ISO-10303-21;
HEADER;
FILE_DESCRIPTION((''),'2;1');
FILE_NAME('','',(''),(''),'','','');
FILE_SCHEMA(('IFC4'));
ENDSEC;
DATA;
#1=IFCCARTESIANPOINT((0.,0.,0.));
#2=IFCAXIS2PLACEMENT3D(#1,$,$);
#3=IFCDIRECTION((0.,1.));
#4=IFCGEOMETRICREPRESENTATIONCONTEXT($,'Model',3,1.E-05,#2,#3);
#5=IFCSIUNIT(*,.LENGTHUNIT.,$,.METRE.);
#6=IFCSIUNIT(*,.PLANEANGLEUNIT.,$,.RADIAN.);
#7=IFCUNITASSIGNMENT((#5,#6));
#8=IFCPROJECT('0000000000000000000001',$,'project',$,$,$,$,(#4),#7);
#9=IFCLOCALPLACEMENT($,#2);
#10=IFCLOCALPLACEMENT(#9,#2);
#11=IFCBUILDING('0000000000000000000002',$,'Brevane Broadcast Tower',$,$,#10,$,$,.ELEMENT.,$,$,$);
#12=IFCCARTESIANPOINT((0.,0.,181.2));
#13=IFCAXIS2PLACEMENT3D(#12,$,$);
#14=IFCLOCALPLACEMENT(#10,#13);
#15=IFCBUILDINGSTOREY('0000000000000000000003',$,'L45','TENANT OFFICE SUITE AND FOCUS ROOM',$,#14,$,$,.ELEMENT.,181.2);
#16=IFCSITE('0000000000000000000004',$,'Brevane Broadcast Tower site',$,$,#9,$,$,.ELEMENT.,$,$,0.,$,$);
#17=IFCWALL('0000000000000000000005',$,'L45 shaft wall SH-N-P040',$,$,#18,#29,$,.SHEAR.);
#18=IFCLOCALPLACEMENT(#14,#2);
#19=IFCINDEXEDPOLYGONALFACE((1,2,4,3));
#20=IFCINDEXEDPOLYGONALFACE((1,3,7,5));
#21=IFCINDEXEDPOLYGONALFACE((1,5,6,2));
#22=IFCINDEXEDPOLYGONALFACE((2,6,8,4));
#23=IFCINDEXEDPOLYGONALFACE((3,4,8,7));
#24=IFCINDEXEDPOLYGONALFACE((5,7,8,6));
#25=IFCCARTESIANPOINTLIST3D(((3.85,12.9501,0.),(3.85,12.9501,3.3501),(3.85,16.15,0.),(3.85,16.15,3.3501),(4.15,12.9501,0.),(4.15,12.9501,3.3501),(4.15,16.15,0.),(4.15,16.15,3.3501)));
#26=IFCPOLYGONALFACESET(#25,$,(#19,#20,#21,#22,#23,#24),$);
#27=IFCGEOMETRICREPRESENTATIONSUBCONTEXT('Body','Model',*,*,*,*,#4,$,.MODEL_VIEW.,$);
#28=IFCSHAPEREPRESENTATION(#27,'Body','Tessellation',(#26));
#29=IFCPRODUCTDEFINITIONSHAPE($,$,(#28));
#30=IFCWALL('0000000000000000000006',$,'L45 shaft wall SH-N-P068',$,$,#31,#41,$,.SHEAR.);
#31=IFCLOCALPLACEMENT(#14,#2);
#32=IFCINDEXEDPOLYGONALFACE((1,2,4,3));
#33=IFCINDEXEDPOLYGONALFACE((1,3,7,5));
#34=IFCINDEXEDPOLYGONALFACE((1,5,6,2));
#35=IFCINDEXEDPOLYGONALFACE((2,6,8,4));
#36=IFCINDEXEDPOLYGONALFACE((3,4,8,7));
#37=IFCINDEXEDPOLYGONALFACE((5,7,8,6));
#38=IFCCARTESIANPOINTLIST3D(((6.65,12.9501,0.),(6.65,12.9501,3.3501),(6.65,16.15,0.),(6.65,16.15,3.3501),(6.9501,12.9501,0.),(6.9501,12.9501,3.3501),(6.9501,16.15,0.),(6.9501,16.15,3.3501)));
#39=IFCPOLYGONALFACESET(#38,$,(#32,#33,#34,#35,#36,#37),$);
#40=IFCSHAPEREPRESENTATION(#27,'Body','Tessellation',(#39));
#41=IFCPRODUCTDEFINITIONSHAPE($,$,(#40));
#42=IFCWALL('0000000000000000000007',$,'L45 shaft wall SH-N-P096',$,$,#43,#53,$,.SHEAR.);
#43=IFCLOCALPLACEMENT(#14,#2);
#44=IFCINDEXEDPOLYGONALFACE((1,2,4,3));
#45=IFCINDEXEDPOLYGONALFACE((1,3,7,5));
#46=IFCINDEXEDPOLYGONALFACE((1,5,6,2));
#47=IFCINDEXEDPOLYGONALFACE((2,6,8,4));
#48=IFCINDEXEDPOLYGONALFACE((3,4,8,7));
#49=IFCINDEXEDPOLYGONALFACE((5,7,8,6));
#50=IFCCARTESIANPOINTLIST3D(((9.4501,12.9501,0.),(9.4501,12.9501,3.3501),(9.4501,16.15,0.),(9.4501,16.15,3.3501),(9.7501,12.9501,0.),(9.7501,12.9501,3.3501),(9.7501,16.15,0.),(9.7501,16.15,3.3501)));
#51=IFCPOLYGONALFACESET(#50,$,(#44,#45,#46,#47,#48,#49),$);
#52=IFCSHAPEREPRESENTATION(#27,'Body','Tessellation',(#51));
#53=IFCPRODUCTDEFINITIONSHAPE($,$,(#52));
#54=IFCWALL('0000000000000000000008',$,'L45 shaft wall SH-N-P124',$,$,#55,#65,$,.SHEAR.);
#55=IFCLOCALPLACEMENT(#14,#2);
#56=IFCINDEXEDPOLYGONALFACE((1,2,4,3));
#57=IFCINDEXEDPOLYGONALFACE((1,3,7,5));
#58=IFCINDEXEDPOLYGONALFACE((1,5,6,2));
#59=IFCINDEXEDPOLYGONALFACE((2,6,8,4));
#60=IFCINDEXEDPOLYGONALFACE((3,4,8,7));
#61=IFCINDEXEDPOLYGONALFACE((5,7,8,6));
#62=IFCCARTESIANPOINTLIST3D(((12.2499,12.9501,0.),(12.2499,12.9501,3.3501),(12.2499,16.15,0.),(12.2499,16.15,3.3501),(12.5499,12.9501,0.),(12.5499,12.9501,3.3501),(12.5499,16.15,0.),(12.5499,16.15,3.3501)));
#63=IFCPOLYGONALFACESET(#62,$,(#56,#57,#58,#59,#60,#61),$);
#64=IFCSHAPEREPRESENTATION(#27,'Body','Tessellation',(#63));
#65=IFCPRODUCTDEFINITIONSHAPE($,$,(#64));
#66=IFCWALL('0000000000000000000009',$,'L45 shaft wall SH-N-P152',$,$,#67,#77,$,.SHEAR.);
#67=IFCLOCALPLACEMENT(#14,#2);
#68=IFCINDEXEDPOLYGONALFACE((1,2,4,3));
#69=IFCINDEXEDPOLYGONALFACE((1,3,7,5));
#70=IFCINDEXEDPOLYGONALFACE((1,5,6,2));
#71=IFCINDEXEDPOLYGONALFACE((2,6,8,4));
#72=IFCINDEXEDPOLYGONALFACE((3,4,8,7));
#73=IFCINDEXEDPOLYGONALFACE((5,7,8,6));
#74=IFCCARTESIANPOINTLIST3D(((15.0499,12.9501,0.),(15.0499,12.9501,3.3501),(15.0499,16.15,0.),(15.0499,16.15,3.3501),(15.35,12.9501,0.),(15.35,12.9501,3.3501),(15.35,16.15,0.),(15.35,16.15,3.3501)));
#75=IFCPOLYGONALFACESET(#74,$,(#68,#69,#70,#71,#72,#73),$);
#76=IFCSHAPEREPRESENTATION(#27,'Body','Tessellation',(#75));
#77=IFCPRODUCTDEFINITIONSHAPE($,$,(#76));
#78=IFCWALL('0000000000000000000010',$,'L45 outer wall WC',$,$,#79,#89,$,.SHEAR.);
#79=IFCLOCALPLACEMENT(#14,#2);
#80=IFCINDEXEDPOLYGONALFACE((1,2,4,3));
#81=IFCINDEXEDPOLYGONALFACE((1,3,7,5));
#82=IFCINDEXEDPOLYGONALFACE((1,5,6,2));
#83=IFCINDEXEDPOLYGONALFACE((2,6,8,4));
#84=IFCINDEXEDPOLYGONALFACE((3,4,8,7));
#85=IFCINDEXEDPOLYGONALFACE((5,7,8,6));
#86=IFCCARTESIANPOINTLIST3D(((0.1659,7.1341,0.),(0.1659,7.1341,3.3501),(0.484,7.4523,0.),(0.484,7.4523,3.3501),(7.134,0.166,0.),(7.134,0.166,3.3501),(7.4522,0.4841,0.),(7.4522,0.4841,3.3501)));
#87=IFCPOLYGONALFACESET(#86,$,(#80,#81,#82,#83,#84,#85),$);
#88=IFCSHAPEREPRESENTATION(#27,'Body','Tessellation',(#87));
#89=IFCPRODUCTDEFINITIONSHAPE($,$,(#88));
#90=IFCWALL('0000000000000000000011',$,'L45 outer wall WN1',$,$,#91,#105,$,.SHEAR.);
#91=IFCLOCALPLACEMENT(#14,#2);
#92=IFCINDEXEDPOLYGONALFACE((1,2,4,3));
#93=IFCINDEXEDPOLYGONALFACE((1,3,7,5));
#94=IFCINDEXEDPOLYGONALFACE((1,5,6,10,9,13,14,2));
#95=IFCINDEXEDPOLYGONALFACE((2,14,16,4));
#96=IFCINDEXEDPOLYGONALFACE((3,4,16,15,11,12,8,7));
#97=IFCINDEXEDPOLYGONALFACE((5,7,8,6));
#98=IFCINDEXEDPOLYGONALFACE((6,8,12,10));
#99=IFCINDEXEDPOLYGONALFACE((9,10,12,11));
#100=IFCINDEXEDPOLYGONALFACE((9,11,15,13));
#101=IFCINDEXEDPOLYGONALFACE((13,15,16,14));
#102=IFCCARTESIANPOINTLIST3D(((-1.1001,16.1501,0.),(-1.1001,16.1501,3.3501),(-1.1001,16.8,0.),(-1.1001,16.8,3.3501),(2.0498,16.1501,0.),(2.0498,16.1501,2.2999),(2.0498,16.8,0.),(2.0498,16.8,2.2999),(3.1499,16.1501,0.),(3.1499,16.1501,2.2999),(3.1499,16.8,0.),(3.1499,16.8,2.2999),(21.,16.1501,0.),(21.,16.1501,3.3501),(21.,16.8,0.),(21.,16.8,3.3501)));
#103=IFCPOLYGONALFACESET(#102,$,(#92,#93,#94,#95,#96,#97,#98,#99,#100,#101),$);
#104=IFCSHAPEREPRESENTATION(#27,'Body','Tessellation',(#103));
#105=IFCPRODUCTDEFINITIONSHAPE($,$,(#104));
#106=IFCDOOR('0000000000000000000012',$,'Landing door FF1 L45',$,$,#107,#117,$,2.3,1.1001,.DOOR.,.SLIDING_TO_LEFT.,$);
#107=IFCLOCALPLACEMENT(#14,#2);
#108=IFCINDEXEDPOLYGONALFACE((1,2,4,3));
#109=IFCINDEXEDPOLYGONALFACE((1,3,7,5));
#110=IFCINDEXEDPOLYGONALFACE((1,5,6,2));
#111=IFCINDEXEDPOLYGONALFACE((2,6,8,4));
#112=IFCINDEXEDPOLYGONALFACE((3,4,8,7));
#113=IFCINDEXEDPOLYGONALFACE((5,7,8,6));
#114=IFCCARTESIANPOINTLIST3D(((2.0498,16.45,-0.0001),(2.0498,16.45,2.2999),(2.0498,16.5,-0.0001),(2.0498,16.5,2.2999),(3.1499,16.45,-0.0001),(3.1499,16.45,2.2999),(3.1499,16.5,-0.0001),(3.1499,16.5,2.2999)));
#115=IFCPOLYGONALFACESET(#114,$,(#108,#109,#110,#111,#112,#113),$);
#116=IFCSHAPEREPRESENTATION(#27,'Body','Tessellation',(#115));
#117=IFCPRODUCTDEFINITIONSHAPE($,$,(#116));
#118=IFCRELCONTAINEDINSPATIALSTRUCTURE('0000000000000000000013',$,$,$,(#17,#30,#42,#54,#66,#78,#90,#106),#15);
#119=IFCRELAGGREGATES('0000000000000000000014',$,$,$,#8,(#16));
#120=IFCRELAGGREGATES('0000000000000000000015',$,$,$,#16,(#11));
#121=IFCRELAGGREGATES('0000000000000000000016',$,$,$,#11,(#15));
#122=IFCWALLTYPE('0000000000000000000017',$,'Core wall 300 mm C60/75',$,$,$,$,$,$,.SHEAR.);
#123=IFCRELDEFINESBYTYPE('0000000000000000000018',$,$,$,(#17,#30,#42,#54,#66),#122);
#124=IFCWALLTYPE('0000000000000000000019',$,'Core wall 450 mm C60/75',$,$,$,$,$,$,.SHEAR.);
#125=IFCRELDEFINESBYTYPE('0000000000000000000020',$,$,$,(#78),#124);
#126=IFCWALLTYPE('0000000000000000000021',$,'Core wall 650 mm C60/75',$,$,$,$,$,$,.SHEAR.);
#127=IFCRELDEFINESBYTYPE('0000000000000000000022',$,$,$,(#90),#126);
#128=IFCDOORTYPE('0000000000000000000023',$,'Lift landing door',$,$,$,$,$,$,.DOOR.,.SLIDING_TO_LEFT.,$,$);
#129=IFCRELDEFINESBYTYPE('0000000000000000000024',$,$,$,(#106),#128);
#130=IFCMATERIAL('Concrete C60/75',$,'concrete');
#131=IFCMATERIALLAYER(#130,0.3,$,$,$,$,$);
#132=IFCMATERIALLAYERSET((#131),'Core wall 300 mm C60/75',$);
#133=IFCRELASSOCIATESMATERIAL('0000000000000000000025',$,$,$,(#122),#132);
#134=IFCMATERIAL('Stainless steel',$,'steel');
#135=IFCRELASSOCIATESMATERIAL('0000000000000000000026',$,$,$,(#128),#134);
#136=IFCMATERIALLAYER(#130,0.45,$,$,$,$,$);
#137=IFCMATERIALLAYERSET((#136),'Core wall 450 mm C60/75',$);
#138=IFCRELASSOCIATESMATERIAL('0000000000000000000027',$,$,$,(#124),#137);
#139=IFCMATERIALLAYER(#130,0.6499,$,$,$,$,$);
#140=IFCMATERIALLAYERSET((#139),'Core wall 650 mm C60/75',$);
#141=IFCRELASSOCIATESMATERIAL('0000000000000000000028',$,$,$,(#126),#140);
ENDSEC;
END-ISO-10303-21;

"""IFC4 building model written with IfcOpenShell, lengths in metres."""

from ifc_helpers import new_model, si_unit, direction, frame, frame_2d, origin, place, context, subcontext, project, spatial, rectangle, extrude, material, layer, layer_set, type_object, element, fill, save


model = new_model("IFC4")

# Units and contexts
model_context = context("Model", 3, precision=1e-05, world=origin(), true_north=direction((0.0, 1.0)))
body_context = subcontext(model_context, "Body", "Model", "MODEL_VIEW")
ifc_project = project(units=[si_unit("LENGTHUNIT", "METRE"), si_unit("PLANEANGLEUNIT", "RADIAN")], contexts=[model_context])

# Site, building, storey
site_placement = place(None, origin())
site = spatial("IfcSite", under=ifc_project, at=site_placement, Name="Brevane Broadcast Tower site", CompositionType="ELEMENT", RefElevation=0.0)
building_placement = place(site_placement, origin())
building = spatial("IfcBuilding", under=site, at=building_placement, Name="Brevane Broadcast Tower", CompositionType="ELEMENT")
storey_placement = place(building_placement, frame((0.0, 0.0, 181.2)))
storey = spatial("IfcBuildingStorey", under=building, at=storey_placement, Name="L45", Description="TENANT OFFICE SUITE AND FOCUS ROOM", CompositionType="ELEMENT", Elevation=181.2)

# Shared definitions
ifc_material_1 = material(Name="Concrete C60/75", Category="concrete")
ifc_layer_1 = layer(ifc_material_1, 0.3)
ifc_layer_set_1 = layer_set([ifc_layer_1], Name="Core wall 300 mm C60/75")
wall_type_1 = type_object("IfcWallType", Name="Core wall 300 mm C60/75", PredefinedType="SHEAR", material=ifc_layer_set_1)
ifc_material_2 = material(Name="Stainless steel", Category="steel")
door_type_1 = type_object("IfcDoorType", Name="Lift landing door", OperationType="SLIDING_TO_LEFT", PredefinedType="DOOR", material=ifc_material_2)

# Walls
for number, where, z_axis, x_axis, name in (
    (1, (4.0, 12.95, 0.0), (0.0, 0.0, 1.0), (0.0, 1.0, 0.0), "L45 shaft wall SH-N-P040"),
    (2, (6.8, 12.95, 0.0), (0.0, 0.0, 1.0), (0.0, 1.0, 0.0), "L45 shaft wall SH-N-P068"),
    (3, (9.6001, 12.95, 0.0), (0.0, 0.0, 1.0), (0.0, 1.0, 0.0), "L45 shaft wall SH-N-P096"),
    (4, (12.3999, 12.95, 0.0), (0.0, 0.0, 1.0), (0.0, 1.0, 0.0), "L45 shaft wall SH-N-P124"),
    (5, (15.2, 12.95, 0.0), (0.0, 0.0, 1.0), (0.0, 1.0, 0.0), "L45 shaft wall SH-N-P152"),
):
    element("IfcWall", number, at=place(storey_placement, frame(where, z_axis=z_axis, x_axis=x_axis)), inside=storey, type_object=wall_type_1, Name=name, PredefinedType="SHEAR", context=body_context, shape_type="SweptSolid", body=[
        extrude(rectangle(XDim=3.2, YDim=0.3, at=frame_2d((1.6001, 0.0))), origin(), (0.0, 0.0, 1.0), 3.3501),
    ])
ifc_layer_2 = layer(ifc_material_1, 0.45)
ifc_layer_set_2 = layer_set([ifc_layer_2], Name="Core wall 450 mm C60/75")
wall_type_2 = type_object("IfcWallType", Name="Core wall 450 mm C60/75", PredefinedType="SHEAR", material=ifc_layer_set_2)
wall_1_placement = place(storey_placement, frame((0.325, 7.2932, 0.0), z_axis=(0.0, 0.0, 1.0), x_axis=(0.707107, -0.707107, 0.0)))
element("IfcWall", 6, at=wall_1_placement, inside=storey, type_object=wall_type_2, Name="L45 outer wall WC", PredefinedType="SHEAR", context=body_context, shape_type="SweptSolid", body=[
    extrude(rectangle(XDim=9.8545, YDim=0.45, at=frame_2d((4.9272, 0.0))), origin(), (0.0, 0.0, 1.0), 3.3501),
])

# Wall, opening, door
ifc_layer_3 = layer(ifc_material_1, 0.6499)
ifc_layer_set_3 = layer_set([ifc_layer_3], Name="Core wall 650 mm C60/75")
wall_type_3 = type_object("IfcWallType", Name="Core wall 650 mm C60/75", PredefinedType="SHEAR", material=ifc_layer_set_3)
wall_2_placement = place(storey_placement, frame((-1.1001, 16.4751, 0.0), z_axis=(0.0, 0.0, 1.0), x_axis=(1.0, 0.0, 0.0)))
wall_2 = element("IfcWall", 7, at=wall_2_placement, inside=storey, type_object=wall_type_3, Name="L45 outer wall WN1", PredefinedType="SHEAR", context=body_context, shape_type="SweptSolid", body=[
    extrude(rectangle(XDim=22.1001, YDim=0.6499, at=frame_2d((11.05, 0.0))), origin(), (0.0, 0.0, 1.0), 3.3501),
])
opening_1_placement = place(wall_2_placement, frame((3.1499, 0.0, 0.0)))
opening_1 = element("IfcOpeningElement", 8, at=opening_1_placement, cuts=wall_2, PredefinedType="OPENING", context=body_context, shape_type="SweptSolid", body=[
    extrude(rectangle(XDim=1.1001, YDim=2.3, at=frame_2d((0.55, 1.1499))), frame((0.0, 0.335, 0.0), z_axis=(0.0, -1.0, 0.0), x_axis=(1.0, 0.0, 0.0)), (0.0, 0.0, 1.0), 0.6699),
])
door_1_placement = place(opening_1_placement, origin())
door_1 = element("IfcDoor", 9, at=door_1_placement, inside=storey, type_object=door_type_1, Name="Landing door FF1 L45", OperationType="SLIDING_TO_LEFT", OverallHeight=2.3, OverallWidth=1.1001, PredefinedType="DOOR", context=body_context, shape_type="SweptSolid", body=[
    extrude(rectangle(XDim=1.1001, YDim=2.3, at=frame_2d((0.55, 1.1499))), frame((0.0, 0.0249, 0.0), z_axis=(0.0, -1.0, 0.0), x_axis=(1.0, 0.0, 0.0)), (0.0, 0.0, 1.0), 0.05),
])
fill(opening_1, door_1)

save(model, "model.ifc")
